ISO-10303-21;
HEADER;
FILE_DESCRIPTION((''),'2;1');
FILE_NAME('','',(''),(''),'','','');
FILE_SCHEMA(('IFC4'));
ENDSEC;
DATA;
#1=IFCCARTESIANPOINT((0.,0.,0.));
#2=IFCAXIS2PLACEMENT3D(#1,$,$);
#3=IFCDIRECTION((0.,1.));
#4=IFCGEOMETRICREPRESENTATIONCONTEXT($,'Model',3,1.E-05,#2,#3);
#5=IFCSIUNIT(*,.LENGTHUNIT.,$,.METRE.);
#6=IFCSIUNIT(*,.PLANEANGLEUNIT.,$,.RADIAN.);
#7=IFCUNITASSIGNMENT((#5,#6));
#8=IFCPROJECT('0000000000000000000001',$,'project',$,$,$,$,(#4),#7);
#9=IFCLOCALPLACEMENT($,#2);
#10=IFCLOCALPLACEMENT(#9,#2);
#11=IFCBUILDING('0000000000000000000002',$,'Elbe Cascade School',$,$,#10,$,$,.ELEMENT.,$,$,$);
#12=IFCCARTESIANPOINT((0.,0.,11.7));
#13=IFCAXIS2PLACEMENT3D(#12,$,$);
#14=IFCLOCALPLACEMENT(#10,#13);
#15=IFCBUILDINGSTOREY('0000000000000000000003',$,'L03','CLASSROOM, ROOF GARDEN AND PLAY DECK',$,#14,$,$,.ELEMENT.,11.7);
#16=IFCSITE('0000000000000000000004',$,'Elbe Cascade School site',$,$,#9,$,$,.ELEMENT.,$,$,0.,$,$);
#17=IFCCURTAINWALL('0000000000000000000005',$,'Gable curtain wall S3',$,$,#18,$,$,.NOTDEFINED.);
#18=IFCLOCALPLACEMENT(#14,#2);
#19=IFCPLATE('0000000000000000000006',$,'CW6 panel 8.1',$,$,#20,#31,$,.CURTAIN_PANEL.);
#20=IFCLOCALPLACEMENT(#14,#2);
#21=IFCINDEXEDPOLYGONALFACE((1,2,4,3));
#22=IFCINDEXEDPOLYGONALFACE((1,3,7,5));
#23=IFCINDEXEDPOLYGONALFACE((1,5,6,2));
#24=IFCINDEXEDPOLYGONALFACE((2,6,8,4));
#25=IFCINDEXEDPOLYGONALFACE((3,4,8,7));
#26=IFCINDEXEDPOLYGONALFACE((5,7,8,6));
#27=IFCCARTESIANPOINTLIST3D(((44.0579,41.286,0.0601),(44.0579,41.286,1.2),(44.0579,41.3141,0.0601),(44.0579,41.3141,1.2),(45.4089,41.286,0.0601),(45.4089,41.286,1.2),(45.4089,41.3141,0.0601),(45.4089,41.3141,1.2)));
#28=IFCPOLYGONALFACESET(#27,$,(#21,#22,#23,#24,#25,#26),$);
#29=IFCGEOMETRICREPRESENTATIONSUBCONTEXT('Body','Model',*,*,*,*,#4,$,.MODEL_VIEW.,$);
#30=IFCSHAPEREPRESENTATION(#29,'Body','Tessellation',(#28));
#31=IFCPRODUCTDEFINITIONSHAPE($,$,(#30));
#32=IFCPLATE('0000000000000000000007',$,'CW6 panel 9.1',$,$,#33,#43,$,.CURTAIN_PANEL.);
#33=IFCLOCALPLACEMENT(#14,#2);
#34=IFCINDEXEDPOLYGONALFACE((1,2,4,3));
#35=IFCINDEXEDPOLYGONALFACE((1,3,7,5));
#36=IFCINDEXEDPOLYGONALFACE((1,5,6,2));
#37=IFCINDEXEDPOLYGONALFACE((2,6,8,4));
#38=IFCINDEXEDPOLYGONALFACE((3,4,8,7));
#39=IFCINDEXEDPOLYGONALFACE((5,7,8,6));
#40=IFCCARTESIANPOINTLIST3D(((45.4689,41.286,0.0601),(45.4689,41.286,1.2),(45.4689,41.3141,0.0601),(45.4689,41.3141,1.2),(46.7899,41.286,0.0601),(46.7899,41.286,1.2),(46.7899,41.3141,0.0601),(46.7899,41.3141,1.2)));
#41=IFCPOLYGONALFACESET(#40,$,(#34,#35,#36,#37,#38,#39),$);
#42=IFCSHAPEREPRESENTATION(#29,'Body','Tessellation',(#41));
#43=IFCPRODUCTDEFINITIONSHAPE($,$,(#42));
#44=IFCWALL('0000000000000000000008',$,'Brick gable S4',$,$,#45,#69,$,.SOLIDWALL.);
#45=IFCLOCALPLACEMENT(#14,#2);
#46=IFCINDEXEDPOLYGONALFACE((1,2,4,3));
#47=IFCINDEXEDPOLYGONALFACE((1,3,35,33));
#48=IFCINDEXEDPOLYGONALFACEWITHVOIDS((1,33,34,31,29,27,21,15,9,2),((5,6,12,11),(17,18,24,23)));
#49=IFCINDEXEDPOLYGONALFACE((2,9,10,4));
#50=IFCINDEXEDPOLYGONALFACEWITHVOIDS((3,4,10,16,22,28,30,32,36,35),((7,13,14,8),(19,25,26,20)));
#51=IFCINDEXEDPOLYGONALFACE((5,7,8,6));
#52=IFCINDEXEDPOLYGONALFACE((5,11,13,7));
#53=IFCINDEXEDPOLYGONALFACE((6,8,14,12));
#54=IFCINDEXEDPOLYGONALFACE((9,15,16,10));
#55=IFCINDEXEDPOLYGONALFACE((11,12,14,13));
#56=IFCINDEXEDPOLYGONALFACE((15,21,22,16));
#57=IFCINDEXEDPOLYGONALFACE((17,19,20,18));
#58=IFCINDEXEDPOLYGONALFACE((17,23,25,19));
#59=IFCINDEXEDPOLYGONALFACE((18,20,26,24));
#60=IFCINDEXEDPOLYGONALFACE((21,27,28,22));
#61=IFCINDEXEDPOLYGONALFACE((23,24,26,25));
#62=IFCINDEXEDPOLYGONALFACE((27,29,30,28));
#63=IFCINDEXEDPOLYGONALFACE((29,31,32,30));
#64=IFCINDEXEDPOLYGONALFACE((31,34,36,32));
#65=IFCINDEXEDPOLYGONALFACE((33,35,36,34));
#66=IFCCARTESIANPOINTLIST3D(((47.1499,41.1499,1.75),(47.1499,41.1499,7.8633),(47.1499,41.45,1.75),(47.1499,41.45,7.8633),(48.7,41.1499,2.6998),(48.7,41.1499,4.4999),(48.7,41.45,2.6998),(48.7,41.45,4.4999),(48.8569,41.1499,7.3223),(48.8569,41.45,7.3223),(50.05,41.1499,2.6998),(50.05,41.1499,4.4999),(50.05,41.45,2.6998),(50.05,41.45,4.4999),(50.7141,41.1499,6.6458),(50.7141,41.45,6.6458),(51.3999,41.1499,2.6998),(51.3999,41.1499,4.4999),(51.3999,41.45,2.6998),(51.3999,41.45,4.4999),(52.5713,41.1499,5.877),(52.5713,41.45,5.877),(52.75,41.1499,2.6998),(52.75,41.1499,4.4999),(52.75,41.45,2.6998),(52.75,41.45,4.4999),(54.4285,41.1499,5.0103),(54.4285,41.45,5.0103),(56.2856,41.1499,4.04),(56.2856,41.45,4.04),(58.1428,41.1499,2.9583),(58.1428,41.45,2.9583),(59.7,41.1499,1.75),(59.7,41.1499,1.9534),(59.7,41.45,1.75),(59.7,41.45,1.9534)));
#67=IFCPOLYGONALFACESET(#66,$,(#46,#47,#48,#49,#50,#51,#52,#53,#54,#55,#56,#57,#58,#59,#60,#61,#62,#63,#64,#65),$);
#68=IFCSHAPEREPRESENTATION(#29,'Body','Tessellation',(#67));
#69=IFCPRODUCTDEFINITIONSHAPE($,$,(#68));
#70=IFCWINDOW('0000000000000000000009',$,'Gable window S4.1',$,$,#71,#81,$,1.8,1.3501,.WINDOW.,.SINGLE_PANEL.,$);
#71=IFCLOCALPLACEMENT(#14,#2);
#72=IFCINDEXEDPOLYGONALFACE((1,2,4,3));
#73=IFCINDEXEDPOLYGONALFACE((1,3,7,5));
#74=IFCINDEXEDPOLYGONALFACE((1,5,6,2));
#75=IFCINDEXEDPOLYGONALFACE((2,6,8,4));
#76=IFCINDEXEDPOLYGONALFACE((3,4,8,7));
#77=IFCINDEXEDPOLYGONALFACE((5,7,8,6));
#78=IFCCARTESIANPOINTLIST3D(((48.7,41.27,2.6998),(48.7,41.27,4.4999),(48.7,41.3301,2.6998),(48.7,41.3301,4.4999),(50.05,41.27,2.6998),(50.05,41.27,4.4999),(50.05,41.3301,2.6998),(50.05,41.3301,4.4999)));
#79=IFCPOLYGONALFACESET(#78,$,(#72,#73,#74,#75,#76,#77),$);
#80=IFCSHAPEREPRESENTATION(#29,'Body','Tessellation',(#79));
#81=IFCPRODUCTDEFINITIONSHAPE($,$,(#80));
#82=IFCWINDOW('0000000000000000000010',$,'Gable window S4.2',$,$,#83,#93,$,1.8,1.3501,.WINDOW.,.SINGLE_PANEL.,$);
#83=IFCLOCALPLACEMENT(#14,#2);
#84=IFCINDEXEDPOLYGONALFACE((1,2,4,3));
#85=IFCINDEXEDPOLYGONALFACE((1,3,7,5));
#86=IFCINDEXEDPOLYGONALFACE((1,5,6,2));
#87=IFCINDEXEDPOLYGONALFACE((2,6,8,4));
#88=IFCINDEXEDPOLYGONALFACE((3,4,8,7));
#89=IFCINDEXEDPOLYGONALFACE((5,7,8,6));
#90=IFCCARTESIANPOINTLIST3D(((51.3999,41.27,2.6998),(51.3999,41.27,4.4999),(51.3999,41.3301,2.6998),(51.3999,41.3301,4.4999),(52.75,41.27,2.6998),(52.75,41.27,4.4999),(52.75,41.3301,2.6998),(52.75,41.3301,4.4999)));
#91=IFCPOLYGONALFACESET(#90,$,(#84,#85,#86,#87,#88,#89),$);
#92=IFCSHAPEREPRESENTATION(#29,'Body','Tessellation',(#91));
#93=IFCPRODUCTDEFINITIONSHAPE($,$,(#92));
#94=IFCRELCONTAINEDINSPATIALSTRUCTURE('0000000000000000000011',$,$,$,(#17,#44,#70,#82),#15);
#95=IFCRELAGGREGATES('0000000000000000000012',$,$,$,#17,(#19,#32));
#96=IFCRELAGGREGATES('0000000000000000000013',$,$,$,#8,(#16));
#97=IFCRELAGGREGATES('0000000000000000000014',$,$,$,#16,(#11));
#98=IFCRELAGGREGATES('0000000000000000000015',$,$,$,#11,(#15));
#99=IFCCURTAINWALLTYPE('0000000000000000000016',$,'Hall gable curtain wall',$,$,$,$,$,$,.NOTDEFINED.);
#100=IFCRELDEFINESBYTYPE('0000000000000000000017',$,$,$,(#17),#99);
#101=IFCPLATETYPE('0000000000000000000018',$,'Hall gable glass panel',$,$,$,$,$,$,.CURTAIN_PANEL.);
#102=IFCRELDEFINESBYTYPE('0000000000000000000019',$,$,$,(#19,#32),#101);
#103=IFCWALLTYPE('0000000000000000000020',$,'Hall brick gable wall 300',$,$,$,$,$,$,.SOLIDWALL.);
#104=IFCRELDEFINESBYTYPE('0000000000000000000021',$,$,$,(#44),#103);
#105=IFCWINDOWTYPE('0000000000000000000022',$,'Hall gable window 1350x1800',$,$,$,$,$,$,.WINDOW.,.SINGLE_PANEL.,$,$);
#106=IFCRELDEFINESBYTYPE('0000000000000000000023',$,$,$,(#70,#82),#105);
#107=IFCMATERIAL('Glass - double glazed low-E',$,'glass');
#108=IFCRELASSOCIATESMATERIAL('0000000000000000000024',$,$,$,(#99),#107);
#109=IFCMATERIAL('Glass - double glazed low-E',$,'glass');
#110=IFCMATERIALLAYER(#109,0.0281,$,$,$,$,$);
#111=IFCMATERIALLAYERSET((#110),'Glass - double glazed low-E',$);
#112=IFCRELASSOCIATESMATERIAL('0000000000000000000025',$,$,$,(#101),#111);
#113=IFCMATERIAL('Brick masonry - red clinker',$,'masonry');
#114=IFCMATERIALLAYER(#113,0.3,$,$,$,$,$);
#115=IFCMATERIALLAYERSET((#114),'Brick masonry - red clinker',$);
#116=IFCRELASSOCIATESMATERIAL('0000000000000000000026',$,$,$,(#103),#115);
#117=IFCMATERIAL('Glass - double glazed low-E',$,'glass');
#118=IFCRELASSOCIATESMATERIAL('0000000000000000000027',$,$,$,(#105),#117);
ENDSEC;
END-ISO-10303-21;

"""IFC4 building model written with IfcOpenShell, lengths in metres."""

from ifc_helpers import new_model, si_unit, direction, frame, frame_2d, origin, origin_2d, place, context, subcontext, project, spatial, polyline, rectangle, outline, extrude, material, layer, layer_set, type_object, element, fill, aggregate, save


model = new_model("IFC4")

# Units and contexts
model_context = context("Model", 3, precision=1e-05, world=origin(), true_north=direction((0.0, 1.0)))
body_context = subcontext(model_context, "Body", "Model", "MODEL_VIEW")
ifc_project = project(units=[si_unit("LENGTHUNIT", "METRE"), si_unit("PLANEANGLEUNIT", "RADIAN")], contexts=[model_context])

# Site, building, storey
site_placement = place(None, origin())
site = spatial("IfcSite", under=ifc_project, at=site_placement, Name="Elbe Cascade School site", CompositionType="ELEMENT", RefElevation=0.0)
building_placement = place(site_placement, origin())
building = spatial("IfcBuilding", under=site, at=building_placement, Name="Elbe Cascade School", CompositionType="ELEMENT")
storey_placement = place(building_placement, frame((0.0, 0.0, 11.7)))
storey = spatial("IfcBuildingStorey", under=building, at=storey_placement, Name="L03", Description="CLASSROOM, ROOF GARDEN AND PLAY DECK", CompositionType="ELEMENT", Elevation=11.7)

# Curtain wall
ifc_material_1 = material(Name="Glass - double glazed low-E", Category="glass")
curtain_wall_type = type_object("IfcCurtainWallType", Name="Hall gable curtain wall", PredefinedType="NOTDEFINED", material=ifc_material_1)
curtain_wall_1_placement = place(storey_placement, origin())
curtain_wall_1 = element("IfcCurtainWall", 1, at=curtain_wall_1_placement, inside=storey, type_object=curtain_wall_type, Name="Gable curtain wall S3", PredefinedType="NOTDEFINED")

# Plates
ifc_material_2 = material(Name="Glass - double glazed low-E", Category="glass")
ifc_layer_1 = layer(ifc_material_2, 0.0281)
ifc_layer_set_1 = layer_set([ifc_layer_1], Name="Glass - double glazed low-E")
plate_type = type_object("IfcPlateType", Name="Hall gable glass panel", PredefinedType="CURTAIN_PANEL", material=ifc_layer_set_1)
plate_1_placement = place(storey_placement, frame((44.7334, 41.3, 0.0601), z_axis=(0.0, 0.0, 1.0), x_axis=(1.0, 0.0, 0.0)))
plate_1 = element("IfcPlate", 2, at=plate_1_placement, type_object=plate_type, Name="CW6 panel 8.1", PredefinedType="CURTAIN_PANEL", context=body_context, shape_type="SweptSolid", body=[
    extrude(rectangle(XDim=1.3511, YDim=0.0281, at=origin_2d()), origin(), (0.0, 0.0, 1.0), 1.1399),
])
plate_2_placement = place(storey_placement, frame((46.1294, 41.3, 0.0601), z_axis=(0.0, 0.0, 1.0), x_axis=(1.0, 0.0, 0.0)))
plate_2 = element("IfcPlate", 3, at=plate_2_placement, type_object=plate_type, Name="CW6 panel 9.1", PredefinedType="CURTAIN_PANEL", context=body_context, shape_type="SweptSolid", body=[
    extrude(rectangle(XDim=1.321, YDim=0.0281, at=origin_2d()), origin(), (0.0, 0.0, 1.0), 1.1399),
])
aggregate(curtain_wall_1, [plate_1, plate_2])

# Wall, openings, windows
ifc_material_3 = material(Name="Brick masonry - red clinker", Category="masonry")
ifc_layer_2 = layer(ifc_material_3, 0.3)
ifc_layer_set_2 = layer_set([ifc_layer_2], Name="Brick masonry - red clinker")
wall_type = type_object("IfcWallType", Name="Hall brick gable wall 300", PredefinedType="SOLIDWALL", material=ifc_layer_set_2)
wall_placement = place(storey_placement, frame((47.1499, 41.3, 1.75), z_axis=(0.0, 0.0, 1.0), x_axis=(1.0, 0.0, 0.0)))
wall = element("IfcWall", 4, at=wall_placement, inside=storey, type_object=wall_type, Name="Brick gable S4", PredefinedType="SOLIDWALL", context=body_context, shape_type="SweptSolid", body=[
    extrude(outline(polyline([(0.0, 0.0), (12.55, 0.0), (12.55, 0.2034), (10.9929, 1.2083), (9.1357, 2.29), (7.2786, 3.2603), (5.4214, 4.127), (3.5642, 4.8958), (1.707, 5.5723), (0.0, 6.1133), (0.0, 0.0)])), frame((0.0, 0.1499, 0.0), z_axis=(0.0, -1.0, 0.0), x_axis=(1.0, 0.0, 0.0)), (0.0, 0.0, 1.0), 0.3),
])
opening_1_placement = place(wall_placement, frame((1.55, 0.0, 0.95)))
opening_1 = element("IfcOpeningElement", 5, at=opening_1_placement, cuts=wall, PredefinedType="OPENING", context=body_context, shape_type="SweptSolid", body=[
    extrude(rectangle(XDim=1.3501, YDim=1.8, at=frame_2d((0.675, 0.8999))), frame((0.0, 0.1599, 0.0), z_axis=(0.0, -1.0, 0.0), x_axis=(1.0, 0.0, 0.0)), (0.0, 0.0, 1.0), 0.3201),
])
opening_2_placement = place(wall_placement, frame((4.25, 0.0, 0.95)))
opening_2 = element("IfcOpeningElement", 6, at=opening_2_placement, cuts=wall, PredefinedType="OPENING", context=body_context, shape_type="SweptSolid", body=[
    extrude(rectangle(XDim=1.3501, YDim=1.8, at=frame_2d((0.675, 0.8999))), frame((0.0, 0.1599, 0.0), z_axis=(0.0, -1.0, 0.0), x_axis=(1.0, 0.0, 0.0)), (0.0, 0.0, 1.0), 0.3201),
])
ifc_material_4 = material(Name="Glass - double glazed low-E", Category="glass")
window_type = type_object("IfcWindowType", Name="Hall gable window 1350x1800", PartitioningType="SINGLE_PANEL", PredefinedType="WINDOW", material=ifc_material_4)
window_1_placement = place(opening_1_placement, origin())
window_1 = element("IfcWindow", 7, at=window_1_placement, inside=storey, type_object=window_type, Name="Gable window S4.1", OverallHeight=1.8, OverallWidth=1.3501, PartitioningType="SINGLE_PANEL", PredefinedType="WINDOW", context=body_context, shape_type="SweptSolid", body=[
    extrude(rectangle(XDim=1.3501, YDim=1.8, at=frame_2d((0.675, 0.8999))), frame((0.0, 0.03, 0.0), z_axis=(0.0, -1.0, 0.0), x_axis=(1.0, 0.0, 0.0)), (0.0, 0.0, 1.0), 0.0601),
])
fill(opening_1, window_1)
window_2_placement = place(opening_2_placement, origin())
window_2 = element("IfcWindow", 8, at=window_2_placement, inside=storey, type_object=window_type, Name="Gable window S4.2", OverallHeight=1.8, OverallWidth=1.3501, PartitioningType="SINGLE_PANEL", PredefinedType="WINDOW", context=body_context, shape_type="SweptSolid", body=[
    extrude(rectangle(XDim=1.3501, YDim=1.8, at=frame_2d((0.675, 0.8999))), frame((0.0, 0.03, 0.0), z_axis=(0.0, -1.0, 0.0), x_axis=(1.0, 0.0, 0.0)), (0.0, 0.0, 1.0), 0.0601),
])
fill(opening_2, window_2)

save(model, "model.ifc")
